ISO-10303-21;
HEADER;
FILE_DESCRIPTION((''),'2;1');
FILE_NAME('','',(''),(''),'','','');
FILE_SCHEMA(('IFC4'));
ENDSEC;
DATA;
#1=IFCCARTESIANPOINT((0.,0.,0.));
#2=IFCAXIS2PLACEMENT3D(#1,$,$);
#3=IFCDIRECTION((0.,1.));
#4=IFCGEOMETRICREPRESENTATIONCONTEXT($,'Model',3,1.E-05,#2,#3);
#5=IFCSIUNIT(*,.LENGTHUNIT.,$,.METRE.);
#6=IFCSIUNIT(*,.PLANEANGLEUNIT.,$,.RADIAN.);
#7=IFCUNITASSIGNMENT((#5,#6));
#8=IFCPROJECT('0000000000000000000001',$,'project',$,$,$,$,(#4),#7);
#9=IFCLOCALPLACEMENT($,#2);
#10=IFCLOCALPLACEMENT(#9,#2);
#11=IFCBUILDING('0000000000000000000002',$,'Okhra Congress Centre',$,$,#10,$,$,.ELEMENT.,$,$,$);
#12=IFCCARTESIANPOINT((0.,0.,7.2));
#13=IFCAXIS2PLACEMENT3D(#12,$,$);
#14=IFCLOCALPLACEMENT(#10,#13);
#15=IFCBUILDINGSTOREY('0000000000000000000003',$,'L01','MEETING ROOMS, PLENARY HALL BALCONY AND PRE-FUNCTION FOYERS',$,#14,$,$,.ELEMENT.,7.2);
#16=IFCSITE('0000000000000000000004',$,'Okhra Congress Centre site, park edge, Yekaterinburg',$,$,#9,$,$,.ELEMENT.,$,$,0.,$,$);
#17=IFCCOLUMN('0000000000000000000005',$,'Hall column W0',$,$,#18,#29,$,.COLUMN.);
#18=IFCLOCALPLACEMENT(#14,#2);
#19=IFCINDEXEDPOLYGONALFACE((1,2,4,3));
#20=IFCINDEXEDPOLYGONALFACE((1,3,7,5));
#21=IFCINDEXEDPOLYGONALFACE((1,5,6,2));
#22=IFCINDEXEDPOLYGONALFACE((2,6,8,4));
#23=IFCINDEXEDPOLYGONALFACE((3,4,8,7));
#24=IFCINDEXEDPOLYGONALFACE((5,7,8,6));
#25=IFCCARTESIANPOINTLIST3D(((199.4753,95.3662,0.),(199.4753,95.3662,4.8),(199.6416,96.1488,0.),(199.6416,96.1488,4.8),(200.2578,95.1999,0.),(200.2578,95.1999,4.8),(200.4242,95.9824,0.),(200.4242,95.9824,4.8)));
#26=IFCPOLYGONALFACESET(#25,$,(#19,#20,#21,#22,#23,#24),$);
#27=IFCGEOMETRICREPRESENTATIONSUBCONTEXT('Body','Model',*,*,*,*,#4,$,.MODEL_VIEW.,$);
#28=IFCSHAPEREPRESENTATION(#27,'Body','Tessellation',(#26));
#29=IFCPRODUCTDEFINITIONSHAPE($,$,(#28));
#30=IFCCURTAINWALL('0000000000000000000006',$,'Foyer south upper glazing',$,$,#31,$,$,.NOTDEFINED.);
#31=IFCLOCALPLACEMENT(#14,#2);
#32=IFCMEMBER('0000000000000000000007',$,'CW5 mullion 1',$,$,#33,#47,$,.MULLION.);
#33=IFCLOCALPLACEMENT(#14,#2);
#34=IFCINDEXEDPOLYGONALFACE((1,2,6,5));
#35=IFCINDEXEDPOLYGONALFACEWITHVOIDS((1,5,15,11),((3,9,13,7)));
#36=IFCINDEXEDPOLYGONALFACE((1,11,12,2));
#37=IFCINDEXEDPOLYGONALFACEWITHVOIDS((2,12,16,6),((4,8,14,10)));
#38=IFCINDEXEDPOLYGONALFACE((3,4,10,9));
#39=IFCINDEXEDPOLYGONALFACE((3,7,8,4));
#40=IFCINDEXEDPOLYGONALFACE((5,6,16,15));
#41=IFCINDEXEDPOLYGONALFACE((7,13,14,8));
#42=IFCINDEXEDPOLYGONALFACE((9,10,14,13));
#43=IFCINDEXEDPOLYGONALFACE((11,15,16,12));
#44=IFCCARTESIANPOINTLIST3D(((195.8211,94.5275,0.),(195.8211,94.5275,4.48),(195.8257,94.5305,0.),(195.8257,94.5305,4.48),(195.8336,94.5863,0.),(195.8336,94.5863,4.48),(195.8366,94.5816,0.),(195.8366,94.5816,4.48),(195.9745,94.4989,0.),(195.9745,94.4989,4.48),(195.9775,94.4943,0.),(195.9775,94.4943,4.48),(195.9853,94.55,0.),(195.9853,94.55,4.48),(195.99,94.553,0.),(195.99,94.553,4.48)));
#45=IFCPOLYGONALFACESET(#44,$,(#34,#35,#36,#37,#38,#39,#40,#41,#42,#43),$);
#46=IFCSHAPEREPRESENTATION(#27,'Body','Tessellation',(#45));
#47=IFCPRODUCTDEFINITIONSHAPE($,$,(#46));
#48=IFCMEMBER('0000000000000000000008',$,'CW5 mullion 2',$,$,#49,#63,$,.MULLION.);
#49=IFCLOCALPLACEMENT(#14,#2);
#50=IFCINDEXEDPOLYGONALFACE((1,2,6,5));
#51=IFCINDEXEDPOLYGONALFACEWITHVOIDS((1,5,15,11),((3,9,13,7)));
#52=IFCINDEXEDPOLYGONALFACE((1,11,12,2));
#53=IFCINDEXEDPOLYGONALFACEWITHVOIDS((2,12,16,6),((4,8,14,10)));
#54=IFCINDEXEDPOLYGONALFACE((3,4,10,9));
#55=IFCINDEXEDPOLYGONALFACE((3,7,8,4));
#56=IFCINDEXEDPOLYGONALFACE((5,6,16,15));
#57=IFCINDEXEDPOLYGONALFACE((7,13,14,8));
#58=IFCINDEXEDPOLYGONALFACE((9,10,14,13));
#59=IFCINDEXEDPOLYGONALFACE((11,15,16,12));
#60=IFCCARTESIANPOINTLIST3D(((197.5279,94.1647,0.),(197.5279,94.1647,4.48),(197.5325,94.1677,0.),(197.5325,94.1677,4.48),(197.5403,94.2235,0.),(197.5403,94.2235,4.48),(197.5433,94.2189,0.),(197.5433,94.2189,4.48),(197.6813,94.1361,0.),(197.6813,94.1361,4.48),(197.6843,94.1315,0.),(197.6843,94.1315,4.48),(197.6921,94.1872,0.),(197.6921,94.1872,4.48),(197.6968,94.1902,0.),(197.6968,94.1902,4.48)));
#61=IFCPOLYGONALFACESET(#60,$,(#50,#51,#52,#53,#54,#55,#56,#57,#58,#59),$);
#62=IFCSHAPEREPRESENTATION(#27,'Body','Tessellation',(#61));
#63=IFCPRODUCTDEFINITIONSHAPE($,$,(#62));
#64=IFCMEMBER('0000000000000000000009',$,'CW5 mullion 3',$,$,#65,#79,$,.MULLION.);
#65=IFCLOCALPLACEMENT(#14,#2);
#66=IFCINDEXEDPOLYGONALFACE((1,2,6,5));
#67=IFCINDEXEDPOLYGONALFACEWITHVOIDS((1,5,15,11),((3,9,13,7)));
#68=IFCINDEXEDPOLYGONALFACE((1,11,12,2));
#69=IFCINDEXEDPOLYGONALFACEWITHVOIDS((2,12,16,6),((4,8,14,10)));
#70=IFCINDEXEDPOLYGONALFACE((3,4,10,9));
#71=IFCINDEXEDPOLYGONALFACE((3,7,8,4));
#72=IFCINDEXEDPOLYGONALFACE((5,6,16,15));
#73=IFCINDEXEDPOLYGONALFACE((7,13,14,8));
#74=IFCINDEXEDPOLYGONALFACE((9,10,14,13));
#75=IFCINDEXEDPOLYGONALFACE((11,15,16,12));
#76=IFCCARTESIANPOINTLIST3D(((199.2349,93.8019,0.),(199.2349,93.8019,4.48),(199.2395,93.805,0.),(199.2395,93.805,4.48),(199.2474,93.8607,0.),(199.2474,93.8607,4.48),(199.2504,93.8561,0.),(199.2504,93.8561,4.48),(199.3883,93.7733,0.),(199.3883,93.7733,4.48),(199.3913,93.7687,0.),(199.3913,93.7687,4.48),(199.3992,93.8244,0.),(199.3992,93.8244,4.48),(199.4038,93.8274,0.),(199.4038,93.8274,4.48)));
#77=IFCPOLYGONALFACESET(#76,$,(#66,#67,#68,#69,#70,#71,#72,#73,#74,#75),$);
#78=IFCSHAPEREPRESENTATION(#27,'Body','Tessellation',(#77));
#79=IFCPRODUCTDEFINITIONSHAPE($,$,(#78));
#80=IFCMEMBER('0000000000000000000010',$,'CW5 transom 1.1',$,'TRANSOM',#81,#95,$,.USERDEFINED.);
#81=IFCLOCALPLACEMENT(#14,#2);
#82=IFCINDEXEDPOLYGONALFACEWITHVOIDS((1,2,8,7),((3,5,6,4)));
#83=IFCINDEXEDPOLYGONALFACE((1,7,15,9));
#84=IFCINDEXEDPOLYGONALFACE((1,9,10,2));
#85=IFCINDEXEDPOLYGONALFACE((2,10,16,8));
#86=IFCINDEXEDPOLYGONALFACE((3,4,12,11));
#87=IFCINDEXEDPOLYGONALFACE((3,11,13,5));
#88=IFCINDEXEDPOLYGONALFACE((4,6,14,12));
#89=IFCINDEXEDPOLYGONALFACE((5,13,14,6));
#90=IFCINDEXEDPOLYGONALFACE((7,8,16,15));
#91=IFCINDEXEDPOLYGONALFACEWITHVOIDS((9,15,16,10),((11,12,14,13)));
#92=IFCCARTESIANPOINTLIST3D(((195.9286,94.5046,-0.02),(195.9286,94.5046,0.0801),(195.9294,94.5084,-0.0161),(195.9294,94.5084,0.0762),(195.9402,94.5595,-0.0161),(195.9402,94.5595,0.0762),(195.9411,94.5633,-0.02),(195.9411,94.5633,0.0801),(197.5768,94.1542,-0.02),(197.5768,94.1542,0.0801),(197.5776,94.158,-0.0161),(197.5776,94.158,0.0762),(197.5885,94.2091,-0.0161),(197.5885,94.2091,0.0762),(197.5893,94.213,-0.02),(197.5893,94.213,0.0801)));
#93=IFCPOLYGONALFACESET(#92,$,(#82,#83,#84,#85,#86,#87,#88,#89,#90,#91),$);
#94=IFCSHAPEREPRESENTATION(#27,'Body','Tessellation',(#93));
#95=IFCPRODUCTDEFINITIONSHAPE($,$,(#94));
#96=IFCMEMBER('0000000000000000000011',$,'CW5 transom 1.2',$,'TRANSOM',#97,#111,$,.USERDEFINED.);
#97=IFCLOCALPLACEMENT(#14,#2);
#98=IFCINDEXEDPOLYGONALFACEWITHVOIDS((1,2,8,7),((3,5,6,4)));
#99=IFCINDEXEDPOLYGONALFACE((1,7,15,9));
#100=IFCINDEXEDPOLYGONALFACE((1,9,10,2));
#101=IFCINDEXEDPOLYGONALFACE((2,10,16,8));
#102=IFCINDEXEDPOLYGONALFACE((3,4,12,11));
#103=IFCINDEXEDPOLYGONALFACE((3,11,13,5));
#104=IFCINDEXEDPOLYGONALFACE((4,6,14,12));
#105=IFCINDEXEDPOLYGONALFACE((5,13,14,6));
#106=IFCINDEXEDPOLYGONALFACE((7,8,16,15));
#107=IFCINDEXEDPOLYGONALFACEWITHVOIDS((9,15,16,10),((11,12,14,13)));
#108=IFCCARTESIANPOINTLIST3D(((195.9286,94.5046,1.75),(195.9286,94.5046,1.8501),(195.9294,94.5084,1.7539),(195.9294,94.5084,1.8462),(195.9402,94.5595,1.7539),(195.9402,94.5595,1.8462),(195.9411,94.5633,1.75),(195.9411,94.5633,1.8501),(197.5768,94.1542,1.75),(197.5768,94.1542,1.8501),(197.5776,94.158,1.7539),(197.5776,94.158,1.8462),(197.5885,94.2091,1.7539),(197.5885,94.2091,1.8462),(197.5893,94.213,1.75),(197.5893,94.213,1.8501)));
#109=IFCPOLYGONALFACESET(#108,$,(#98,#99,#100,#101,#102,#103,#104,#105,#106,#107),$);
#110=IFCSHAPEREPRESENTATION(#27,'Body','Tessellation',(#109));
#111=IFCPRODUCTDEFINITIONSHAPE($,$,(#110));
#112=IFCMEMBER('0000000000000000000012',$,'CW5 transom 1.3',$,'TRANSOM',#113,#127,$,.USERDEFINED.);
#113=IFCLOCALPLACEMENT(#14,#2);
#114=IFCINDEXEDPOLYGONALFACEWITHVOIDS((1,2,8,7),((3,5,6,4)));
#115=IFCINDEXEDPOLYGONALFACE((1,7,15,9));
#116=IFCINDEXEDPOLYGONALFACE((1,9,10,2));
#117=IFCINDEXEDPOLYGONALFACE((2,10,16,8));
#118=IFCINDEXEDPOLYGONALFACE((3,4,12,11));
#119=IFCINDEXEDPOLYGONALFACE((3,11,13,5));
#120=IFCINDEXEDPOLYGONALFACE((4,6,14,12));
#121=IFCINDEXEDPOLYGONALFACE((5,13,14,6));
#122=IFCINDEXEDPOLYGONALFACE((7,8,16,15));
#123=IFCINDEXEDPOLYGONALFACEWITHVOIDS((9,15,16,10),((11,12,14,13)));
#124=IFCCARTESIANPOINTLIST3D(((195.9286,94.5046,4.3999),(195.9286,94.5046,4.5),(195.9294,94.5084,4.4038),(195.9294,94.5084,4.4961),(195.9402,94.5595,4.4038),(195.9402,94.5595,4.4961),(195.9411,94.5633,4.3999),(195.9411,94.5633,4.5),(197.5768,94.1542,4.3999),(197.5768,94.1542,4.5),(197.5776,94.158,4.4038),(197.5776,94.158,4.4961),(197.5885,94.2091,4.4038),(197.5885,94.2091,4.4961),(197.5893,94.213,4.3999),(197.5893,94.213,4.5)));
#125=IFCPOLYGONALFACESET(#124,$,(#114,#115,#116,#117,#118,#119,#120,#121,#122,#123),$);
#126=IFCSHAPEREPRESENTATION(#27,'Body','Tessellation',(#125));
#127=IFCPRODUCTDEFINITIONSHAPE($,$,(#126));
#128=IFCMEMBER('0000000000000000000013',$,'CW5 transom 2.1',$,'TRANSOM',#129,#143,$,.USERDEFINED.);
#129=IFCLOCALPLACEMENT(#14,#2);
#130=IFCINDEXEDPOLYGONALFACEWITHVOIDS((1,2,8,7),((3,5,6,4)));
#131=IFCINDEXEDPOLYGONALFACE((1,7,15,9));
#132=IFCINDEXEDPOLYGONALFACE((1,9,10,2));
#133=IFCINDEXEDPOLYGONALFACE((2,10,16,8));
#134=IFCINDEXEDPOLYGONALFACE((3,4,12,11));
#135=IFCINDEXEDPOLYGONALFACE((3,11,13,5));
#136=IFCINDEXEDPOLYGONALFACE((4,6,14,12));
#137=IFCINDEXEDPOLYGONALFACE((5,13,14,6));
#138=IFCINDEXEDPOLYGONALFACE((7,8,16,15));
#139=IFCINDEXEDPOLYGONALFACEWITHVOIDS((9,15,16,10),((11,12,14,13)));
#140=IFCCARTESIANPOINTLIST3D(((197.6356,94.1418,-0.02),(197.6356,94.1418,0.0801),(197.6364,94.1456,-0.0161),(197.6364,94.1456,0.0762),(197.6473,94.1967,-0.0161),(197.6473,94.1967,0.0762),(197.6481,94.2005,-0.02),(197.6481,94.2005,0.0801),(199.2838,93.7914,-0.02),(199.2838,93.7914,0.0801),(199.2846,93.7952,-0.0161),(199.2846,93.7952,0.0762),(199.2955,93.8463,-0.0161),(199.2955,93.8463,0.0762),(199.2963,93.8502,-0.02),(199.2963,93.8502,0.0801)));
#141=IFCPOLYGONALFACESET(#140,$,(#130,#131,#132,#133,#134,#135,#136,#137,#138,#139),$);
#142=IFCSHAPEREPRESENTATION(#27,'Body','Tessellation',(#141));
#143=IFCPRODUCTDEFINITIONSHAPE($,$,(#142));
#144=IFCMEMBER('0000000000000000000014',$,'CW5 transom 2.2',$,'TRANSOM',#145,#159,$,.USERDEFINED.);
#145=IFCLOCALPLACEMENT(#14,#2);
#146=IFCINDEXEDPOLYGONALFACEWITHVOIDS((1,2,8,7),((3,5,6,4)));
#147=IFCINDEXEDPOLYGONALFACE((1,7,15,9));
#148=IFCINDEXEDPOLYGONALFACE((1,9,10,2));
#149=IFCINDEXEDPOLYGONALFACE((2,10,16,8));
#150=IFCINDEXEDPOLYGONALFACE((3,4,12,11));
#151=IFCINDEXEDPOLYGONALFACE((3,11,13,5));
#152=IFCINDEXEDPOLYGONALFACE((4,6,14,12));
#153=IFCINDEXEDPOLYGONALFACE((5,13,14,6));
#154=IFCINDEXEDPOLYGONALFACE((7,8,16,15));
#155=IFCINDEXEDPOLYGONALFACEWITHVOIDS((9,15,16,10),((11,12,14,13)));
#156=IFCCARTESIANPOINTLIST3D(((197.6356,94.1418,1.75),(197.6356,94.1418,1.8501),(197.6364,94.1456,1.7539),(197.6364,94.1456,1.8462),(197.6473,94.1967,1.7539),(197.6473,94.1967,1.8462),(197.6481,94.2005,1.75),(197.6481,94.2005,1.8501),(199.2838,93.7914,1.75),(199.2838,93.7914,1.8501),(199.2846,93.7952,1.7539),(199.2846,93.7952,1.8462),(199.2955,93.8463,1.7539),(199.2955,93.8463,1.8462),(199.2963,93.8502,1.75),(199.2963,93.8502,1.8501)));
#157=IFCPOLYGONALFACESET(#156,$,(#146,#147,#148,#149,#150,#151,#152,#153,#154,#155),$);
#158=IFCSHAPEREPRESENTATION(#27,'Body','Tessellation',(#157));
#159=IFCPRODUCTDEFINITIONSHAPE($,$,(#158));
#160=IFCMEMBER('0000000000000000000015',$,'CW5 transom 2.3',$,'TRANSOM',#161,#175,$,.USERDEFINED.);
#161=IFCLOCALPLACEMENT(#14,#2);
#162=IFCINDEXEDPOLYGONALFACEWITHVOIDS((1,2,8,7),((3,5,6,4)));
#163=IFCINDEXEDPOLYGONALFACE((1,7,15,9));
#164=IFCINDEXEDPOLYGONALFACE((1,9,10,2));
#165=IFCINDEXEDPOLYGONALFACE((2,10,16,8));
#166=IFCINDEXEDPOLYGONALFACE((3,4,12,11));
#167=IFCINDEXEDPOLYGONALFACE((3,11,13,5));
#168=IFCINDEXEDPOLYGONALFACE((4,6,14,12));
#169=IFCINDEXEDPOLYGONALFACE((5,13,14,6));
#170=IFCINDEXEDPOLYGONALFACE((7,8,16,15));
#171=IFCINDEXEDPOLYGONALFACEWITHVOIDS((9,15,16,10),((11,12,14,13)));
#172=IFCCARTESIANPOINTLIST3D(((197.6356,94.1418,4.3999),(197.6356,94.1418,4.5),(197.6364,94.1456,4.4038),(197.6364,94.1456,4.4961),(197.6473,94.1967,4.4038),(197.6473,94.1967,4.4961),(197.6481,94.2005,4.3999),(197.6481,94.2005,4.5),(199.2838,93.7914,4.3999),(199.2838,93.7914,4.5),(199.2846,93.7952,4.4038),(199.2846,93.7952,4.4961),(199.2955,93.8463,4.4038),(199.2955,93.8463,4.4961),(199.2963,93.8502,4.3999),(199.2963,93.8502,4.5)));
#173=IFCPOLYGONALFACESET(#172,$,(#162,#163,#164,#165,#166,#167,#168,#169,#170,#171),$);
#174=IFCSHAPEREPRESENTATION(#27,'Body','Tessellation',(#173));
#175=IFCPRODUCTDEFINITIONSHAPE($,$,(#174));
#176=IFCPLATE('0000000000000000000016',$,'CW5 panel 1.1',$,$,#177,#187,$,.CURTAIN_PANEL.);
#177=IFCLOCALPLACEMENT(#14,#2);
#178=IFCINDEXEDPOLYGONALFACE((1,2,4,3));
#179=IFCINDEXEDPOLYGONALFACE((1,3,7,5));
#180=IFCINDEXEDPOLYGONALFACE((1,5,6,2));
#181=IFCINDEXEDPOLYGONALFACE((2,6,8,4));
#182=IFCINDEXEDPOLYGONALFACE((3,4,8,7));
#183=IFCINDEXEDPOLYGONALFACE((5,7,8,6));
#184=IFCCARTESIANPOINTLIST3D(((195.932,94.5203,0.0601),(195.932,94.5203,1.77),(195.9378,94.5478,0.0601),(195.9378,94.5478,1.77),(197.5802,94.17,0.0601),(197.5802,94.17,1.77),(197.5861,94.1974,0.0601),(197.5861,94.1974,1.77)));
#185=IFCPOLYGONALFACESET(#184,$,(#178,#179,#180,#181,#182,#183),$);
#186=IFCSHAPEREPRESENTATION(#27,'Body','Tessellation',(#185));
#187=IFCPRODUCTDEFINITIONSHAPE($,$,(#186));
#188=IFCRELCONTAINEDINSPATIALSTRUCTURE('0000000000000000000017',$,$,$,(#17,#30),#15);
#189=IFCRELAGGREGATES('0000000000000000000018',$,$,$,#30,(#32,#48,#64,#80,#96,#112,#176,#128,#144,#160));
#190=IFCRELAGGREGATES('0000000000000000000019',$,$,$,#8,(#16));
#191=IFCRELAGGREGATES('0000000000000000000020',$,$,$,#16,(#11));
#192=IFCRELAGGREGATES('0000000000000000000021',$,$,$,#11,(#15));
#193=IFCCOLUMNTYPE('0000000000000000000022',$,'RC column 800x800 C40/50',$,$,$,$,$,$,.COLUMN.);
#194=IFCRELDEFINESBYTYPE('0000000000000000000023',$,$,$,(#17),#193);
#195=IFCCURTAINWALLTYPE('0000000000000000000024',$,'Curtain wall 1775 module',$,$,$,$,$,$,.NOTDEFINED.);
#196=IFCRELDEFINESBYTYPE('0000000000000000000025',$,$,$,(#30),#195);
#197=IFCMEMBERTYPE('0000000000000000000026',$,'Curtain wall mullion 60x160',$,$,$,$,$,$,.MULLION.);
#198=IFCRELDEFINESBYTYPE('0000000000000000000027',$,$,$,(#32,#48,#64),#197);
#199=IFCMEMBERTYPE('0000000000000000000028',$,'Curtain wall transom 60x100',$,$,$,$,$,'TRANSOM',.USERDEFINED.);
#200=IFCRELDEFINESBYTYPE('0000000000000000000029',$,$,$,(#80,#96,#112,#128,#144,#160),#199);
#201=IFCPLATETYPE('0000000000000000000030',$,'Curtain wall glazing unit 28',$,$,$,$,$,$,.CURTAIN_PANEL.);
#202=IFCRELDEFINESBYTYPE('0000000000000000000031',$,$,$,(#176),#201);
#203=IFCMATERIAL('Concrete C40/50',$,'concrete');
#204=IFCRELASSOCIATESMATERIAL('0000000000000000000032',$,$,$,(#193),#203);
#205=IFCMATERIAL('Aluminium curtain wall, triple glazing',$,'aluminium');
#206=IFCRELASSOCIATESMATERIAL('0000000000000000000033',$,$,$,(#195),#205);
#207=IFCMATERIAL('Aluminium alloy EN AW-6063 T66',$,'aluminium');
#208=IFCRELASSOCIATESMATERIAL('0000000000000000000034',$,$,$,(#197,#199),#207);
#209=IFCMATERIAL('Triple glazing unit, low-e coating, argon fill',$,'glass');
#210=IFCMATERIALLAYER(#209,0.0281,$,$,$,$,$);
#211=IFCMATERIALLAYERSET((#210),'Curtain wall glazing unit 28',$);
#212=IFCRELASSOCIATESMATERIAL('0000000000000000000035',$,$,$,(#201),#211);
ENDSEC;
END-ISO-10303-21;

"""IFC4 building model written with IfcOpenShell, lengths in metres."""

from ifc_helpers import new_model, si_unit, direction, frame, origin, origin_2d, place, context, subcontext, project, spatial, rectangle, hollow_rectangle, extrude, material, layer, layer_set, material_profile, profile_set, type_object, element, aggregate, save


model = new_model("IFC4")

# Units and contexts
model_context = context("Model", 3, precision=1e-05, world=origin(), true_north=direction((0.0, 1.0)))
body_context = subcontext(model_context, "Body", "Model", "MODEL_VIEW")
ifc_project = project(units=[si_unit("LENGTHUNIT", "METRE"), si_unit("PLANEANGLEUNIT", "RADIAN")], contexts=[model_context])

# Site, building, storey
site_placement = place(None, origin())
site = spatial("IfcSite", under=ifc_project, at=site_placement, Name="Okhra Congress Centre site, park edge, Yekaterinburg", CompositionType="ELEMENT", RefElevation=0.0)
building_placement = place(site_placement, origin())
building = spatial("IfcBuilding", under=site, at=building_placement, Name="Okhra Congress Centre", CompositionType="ELEMENT")
storey_placement = place(building_placement, frame((0.0, 0.0, 7.2)))
storey = spatial("IfcBuildingStorey", under=building, at=storey_placement, Name="L01", Description="MEETING ROOMS, PLENARY HALL BALCONY AND PRE-FUNCTION FOYERS", CompositionType="ELEMENT", Elevation=7.2)

# Column
ifc_material_1 = material(Name="Concrete C40/50", Category="concrete")
ifc_material_profile_1 = material_profile(ifc_material_1, rectangle(XDim=0.8, YDim=0.8, at=origin_2d()), Name="RC 800x800")
ifc_profile_set_1 = profile_set([ifc_material_profile_1], Name="Concrete C40/50")
column_type = type_object("IfcColumnType", Name="RC column 800x800 C40/50", PredefinedType="COLUMN", material=ifc_profile_set_1)
column_placement = place(storey_placement, frame((199.9497, 95.6743, 0.0), z_axis=(0.0, 0.0, 1.0), x_axis=(0.978148, -0.207912, 0.0)))
element("IfcColumn", 1, at=column_placement, inside=storey, type_object=column_type, Name="Hall column W0", PredefinedType="COLUMN", context=body_context, shape_type="SweptSolid", body=[
    extrude(rectangle(XDim=0.8, YDim=0.8, at=origin_2d()), origin(), (0.0, 0.0, 1.0), 4.8),
])

# Curtain wall, members, plate
ifc_material_2 = material(Name="Aluminium curtain wall, triple glazing", Category="aluminium")
curtain_wall_type = type_object("IfcCurtainWallType", Name="Curtain wall 1775 module", PredefinedType="NOTDEFINED", material=ifc_material_2)
curtain_wall_placement = place(storey_placement, origin())
curtain_wall = element("IfcCurtainWall", 2, at=curtain_wall_placement, inside=storey, type_object=curtain_wall_type, Name="Foyer south upper glazing", PredefinedType="NOTDEFINED")
ifc_material_3 = material(Name="Aluminium alloy EN AW-6063 T66", Category="aluminium")
ifc_material_profile_2 = material_profile(ifc_material_3, hollow_rectangle(XDim=0.0601, YDim=0.1599, WallThickness=0.0039, at=origin_2d()), Name="RHS 60x160x4")
ifc_profile_set_2 = profile_set([ifc_material_profile_2], Name="Aluminium alloy EN AW-6063 T66")
member_type_1 = type_object("IfcMemberType", Name="Curtain wall mullion 60x160", PredefinedType="MULLION", material=ifc_profile_set_2)
member_1_placement = place(storey_placement, frame((195.9055, 94.5403, 0.0), z_axis=(0.0, 0.0, 1.0), x_axis=(0.207912, 0.978148, 0.0)))
member_1 = element("IfcMember", 3, at=member_1_placement, type_object=member_type_1, Name="CW5 mullion 1", PredefinedType="MULLION", context=body_context, shape_type="SweptSolid", body=[
    extrude(hollow_rectangle(XDim=0.0601, YDim=0.1599, WallThickness=0.0039, at=origin_2d()), origin(), (0.0, 0.0, 1.0), 4.48),
])
member_2_placement = place(storey_placement, frame((197.6123, 94.1775, 0.0), z_axis=(0.0, 0.0, 1.0), x_axis=(0.207912, 0.978148, 0.0)))
member_2 = element("IfcMember", 4, at=member_2_placement, type_object=member_type_1, Name="CW5 mullion 2", PredefinedType="MULLION", context=body_context, shape_type="SweptSolid", body=[
    extrude(hollow_rectangle(XDim=0.0601, YDim=0.1599, WallThickness=0.0039, at=origin_2d()), origin(), (0.0, 0.0, 1.0), 4.48),
])
member_3_placement = place(storey_placement, frame((199.3193, 93.8147, 0.0), z_axis=(0.0, 0.0, 1.0), x_axis=(0.207912, 0.978148, 0.0)))
member_3 = element("IfcMember", 5, at=member_3_placement, type_object=member_type_1, Name="CW5 mullion 3", PredefinedType="MULLION", context=body_context, shape_type="SweptSolid", body=[
    extrude(hollow_rectangle(XDim=0.0601, YDim=0.1599, WallThickness=0.0039, at=origin_2d()), origin(), (0.0, 0.0, 1.0), 4.48),
])
ifc_material_profile_3 = material_profile(ifc_material_3, hollow_rectangle(XDim=0.0601, YDim=0.1001, WallThickness=0.0039, at=origin_2d()), Name="RHS 60x100x4")
ifc_profile_set_3 = profile_set([ifc_material_profile_3], Name="Aluminium alloy EN AW-6063 T66")
member_type_2 = type_object("IfcMemberType", Name="Curtain wall transom 60x100", ElementType="TRANSOM", PredefinedType="USERDEFINED", material=ifc_profile_set_3)
member_4_placement = place(storey_placement, frame((195.9348, 94.5339, 0.03), z_axis=(0.978147, -0.207916, 0.0), x_axis=(0.207916, 0.978147, 0.0)))
member_4 = element("IfcMember", 6, at=member_4_placement, type_object=member_type_2, Name="CW5 transom 1.1", ObjectType="TRANSOM", PredefinedType="USERDEFINED", context=body_context, shape_type="SweptSolid", body=[
    extrude(hollow_rectangle(XDim=0.0601, YDim=0.1001, WallThickness=0.0039, at=origin_2d()), origin(), (0.0, 0.0, 1.0), 1.6851),
])
member_5_placement = place(storey_placement, frame((195.9348, 94.5339, 1.8), z_axis=(0.978147, -0.207916, 0.0), x_axis=(0.207916, 0.978147, 0.0)))
member_5 = element("IfcMember", 7, at=member_5_placement, type_object=member_type_2, Name="CW5 transom 1.2", ObjectType="TRANSOM", PredefinedType="USERDEFINED", context=body_context, shape_type="SweptSolid", body=[
    extrude(hollow_rectangle(XDim=0.0601, YDim=0.1001, WallThickness=0.0039, at=origin_2d()), origin(), (0.0, 0.0, 1.0), 1.6851),
])
member_6_placement = place(storey_placement, frame((195.9348, 94.5339, 4.45), z_axis=(0.978147, -0.207916, 0.0), x_axis=(0.207916, 0.978147, 0.0)))
member_6 = element("IfcMember", 8, at=member_6_placement, type_object=member_type_2, Name="CW5 transom 1.3", ObjectType="TRANSOM", PredefinedType="USERDEFINED", context=body_context, shape_type="SweptSolid", body=[
    extrude(hollow_rectangle(XDim=0.0601, YDim=0.1001, WallThickness=0.0039, at=origin_2d()), origin(), (0.0, 0.0, 1.0), 1.6851),
])
member_7_placement = place(storey_placement, frame((197.6418, 94.1711, 0.03), z_axis=(0.978147, -0.207916, 0.0), x_axis=(0.207916, 0.978147, 0.0)))
member_7 = element("IfcMember", 9, at=member_7_placement, type_object=member_type_2, Name="CW5 transom 2.1", ObjectType="TRANSOM", PredefinedType="USERDEFINED", context=body_context, shape_type="SweptSolid", body=[
    extrude(hollow_rectangle(XDim=0.0601, YDim=0.1001, WallThickness=0.0039, at=origin_2d()), origin(), (0.0, 0.0, 1.0), 1.6851),
])
member_8_placement = place(storey_placement, frame((197.6418, 94.1711, 1.8), z_axis=(0.978147, -0.207916, 0.0), x_axis=(0.207916, 0.978147, 0.0)))
member_8 = element("IfcMember", 10, at=member_8_placement, type_object=member_type_2, Name="CW5 transom 2.2", ObjectType="TRANSOM", PredefinedType="USERDEFINED", context=body_context, shape_type="SweptSolid", body=[
    extrude(hollow_rectangle(XDim=0.0601, YDim=0.1001, WallThickness=0.0039, at=origin_2d()), origin(), (0.0, 0.0, 1.0), 1.6851),
])
member_9_placement = place(storey_placement, frame((197.6418, 94.1711, 4.45), z_axis=(0.978147, -0.207916, 0.0), x_axis=(0.207916, 0.978147, 0.0)))
member_9 = element("IfcMember", 11, at=member_9_placement, type_object=member_type_2, Name="CW5 transom 2.3", ObjectType="TRANSOM", PredefinedType="USERDEFINED", context=body_context, shape_type="SweptSolid", body=[
    extrude(hollow_rectangle(XDim=0.0601, YDim=0.1001, WallThickness=0.0039, at=origin_2d()), origin(), (0.0, 0.0, 1.0), 1.6851),
])
ifc_material_4 = material(Name="Triple glazing unit, low-e coating, argon fill", Category="glass")
ifc_layer_1 = layer(ifc_material_4, 0.0281)
ifc_layer_set_1 = layer_set([ifc_layer_1], Name="Curtain wall glazing unit 28")
plate_type_1 = type_object("IfcPlateType", Name="Curtain wall glazing unit 28", PredefinedType="CURTAIN_PANEL", material=ifc_layer_set_1)
plate_1_placement = place(storey_placement, frame((196.759, 94.3589, 0.0601), z_axis=(0.0, 0.0, 1.0), x_axis=(0.978148, -0.207912, 0.0)))
plate_1 = element("IfcPlate", 12, at=plate_1_placement, type_object=plate_type_1, Name="CW5 panel 1.1", PredefinedType="CURTAIN_PANEL", context=body_context, shape_type="SweptSolid", body=[
    extrude(rectangle(XDim=1.6851, YDim=0.0281, at=origin_2d()), origin(), (0.0, 0.0, 1.0), 1.71),
])
aggregate(curtain_wall, [member_1, member_2, member_3, member_4, member_5, member_6, plate_1, member_7, member_8, member_9])

save(model, "model.ifc")
